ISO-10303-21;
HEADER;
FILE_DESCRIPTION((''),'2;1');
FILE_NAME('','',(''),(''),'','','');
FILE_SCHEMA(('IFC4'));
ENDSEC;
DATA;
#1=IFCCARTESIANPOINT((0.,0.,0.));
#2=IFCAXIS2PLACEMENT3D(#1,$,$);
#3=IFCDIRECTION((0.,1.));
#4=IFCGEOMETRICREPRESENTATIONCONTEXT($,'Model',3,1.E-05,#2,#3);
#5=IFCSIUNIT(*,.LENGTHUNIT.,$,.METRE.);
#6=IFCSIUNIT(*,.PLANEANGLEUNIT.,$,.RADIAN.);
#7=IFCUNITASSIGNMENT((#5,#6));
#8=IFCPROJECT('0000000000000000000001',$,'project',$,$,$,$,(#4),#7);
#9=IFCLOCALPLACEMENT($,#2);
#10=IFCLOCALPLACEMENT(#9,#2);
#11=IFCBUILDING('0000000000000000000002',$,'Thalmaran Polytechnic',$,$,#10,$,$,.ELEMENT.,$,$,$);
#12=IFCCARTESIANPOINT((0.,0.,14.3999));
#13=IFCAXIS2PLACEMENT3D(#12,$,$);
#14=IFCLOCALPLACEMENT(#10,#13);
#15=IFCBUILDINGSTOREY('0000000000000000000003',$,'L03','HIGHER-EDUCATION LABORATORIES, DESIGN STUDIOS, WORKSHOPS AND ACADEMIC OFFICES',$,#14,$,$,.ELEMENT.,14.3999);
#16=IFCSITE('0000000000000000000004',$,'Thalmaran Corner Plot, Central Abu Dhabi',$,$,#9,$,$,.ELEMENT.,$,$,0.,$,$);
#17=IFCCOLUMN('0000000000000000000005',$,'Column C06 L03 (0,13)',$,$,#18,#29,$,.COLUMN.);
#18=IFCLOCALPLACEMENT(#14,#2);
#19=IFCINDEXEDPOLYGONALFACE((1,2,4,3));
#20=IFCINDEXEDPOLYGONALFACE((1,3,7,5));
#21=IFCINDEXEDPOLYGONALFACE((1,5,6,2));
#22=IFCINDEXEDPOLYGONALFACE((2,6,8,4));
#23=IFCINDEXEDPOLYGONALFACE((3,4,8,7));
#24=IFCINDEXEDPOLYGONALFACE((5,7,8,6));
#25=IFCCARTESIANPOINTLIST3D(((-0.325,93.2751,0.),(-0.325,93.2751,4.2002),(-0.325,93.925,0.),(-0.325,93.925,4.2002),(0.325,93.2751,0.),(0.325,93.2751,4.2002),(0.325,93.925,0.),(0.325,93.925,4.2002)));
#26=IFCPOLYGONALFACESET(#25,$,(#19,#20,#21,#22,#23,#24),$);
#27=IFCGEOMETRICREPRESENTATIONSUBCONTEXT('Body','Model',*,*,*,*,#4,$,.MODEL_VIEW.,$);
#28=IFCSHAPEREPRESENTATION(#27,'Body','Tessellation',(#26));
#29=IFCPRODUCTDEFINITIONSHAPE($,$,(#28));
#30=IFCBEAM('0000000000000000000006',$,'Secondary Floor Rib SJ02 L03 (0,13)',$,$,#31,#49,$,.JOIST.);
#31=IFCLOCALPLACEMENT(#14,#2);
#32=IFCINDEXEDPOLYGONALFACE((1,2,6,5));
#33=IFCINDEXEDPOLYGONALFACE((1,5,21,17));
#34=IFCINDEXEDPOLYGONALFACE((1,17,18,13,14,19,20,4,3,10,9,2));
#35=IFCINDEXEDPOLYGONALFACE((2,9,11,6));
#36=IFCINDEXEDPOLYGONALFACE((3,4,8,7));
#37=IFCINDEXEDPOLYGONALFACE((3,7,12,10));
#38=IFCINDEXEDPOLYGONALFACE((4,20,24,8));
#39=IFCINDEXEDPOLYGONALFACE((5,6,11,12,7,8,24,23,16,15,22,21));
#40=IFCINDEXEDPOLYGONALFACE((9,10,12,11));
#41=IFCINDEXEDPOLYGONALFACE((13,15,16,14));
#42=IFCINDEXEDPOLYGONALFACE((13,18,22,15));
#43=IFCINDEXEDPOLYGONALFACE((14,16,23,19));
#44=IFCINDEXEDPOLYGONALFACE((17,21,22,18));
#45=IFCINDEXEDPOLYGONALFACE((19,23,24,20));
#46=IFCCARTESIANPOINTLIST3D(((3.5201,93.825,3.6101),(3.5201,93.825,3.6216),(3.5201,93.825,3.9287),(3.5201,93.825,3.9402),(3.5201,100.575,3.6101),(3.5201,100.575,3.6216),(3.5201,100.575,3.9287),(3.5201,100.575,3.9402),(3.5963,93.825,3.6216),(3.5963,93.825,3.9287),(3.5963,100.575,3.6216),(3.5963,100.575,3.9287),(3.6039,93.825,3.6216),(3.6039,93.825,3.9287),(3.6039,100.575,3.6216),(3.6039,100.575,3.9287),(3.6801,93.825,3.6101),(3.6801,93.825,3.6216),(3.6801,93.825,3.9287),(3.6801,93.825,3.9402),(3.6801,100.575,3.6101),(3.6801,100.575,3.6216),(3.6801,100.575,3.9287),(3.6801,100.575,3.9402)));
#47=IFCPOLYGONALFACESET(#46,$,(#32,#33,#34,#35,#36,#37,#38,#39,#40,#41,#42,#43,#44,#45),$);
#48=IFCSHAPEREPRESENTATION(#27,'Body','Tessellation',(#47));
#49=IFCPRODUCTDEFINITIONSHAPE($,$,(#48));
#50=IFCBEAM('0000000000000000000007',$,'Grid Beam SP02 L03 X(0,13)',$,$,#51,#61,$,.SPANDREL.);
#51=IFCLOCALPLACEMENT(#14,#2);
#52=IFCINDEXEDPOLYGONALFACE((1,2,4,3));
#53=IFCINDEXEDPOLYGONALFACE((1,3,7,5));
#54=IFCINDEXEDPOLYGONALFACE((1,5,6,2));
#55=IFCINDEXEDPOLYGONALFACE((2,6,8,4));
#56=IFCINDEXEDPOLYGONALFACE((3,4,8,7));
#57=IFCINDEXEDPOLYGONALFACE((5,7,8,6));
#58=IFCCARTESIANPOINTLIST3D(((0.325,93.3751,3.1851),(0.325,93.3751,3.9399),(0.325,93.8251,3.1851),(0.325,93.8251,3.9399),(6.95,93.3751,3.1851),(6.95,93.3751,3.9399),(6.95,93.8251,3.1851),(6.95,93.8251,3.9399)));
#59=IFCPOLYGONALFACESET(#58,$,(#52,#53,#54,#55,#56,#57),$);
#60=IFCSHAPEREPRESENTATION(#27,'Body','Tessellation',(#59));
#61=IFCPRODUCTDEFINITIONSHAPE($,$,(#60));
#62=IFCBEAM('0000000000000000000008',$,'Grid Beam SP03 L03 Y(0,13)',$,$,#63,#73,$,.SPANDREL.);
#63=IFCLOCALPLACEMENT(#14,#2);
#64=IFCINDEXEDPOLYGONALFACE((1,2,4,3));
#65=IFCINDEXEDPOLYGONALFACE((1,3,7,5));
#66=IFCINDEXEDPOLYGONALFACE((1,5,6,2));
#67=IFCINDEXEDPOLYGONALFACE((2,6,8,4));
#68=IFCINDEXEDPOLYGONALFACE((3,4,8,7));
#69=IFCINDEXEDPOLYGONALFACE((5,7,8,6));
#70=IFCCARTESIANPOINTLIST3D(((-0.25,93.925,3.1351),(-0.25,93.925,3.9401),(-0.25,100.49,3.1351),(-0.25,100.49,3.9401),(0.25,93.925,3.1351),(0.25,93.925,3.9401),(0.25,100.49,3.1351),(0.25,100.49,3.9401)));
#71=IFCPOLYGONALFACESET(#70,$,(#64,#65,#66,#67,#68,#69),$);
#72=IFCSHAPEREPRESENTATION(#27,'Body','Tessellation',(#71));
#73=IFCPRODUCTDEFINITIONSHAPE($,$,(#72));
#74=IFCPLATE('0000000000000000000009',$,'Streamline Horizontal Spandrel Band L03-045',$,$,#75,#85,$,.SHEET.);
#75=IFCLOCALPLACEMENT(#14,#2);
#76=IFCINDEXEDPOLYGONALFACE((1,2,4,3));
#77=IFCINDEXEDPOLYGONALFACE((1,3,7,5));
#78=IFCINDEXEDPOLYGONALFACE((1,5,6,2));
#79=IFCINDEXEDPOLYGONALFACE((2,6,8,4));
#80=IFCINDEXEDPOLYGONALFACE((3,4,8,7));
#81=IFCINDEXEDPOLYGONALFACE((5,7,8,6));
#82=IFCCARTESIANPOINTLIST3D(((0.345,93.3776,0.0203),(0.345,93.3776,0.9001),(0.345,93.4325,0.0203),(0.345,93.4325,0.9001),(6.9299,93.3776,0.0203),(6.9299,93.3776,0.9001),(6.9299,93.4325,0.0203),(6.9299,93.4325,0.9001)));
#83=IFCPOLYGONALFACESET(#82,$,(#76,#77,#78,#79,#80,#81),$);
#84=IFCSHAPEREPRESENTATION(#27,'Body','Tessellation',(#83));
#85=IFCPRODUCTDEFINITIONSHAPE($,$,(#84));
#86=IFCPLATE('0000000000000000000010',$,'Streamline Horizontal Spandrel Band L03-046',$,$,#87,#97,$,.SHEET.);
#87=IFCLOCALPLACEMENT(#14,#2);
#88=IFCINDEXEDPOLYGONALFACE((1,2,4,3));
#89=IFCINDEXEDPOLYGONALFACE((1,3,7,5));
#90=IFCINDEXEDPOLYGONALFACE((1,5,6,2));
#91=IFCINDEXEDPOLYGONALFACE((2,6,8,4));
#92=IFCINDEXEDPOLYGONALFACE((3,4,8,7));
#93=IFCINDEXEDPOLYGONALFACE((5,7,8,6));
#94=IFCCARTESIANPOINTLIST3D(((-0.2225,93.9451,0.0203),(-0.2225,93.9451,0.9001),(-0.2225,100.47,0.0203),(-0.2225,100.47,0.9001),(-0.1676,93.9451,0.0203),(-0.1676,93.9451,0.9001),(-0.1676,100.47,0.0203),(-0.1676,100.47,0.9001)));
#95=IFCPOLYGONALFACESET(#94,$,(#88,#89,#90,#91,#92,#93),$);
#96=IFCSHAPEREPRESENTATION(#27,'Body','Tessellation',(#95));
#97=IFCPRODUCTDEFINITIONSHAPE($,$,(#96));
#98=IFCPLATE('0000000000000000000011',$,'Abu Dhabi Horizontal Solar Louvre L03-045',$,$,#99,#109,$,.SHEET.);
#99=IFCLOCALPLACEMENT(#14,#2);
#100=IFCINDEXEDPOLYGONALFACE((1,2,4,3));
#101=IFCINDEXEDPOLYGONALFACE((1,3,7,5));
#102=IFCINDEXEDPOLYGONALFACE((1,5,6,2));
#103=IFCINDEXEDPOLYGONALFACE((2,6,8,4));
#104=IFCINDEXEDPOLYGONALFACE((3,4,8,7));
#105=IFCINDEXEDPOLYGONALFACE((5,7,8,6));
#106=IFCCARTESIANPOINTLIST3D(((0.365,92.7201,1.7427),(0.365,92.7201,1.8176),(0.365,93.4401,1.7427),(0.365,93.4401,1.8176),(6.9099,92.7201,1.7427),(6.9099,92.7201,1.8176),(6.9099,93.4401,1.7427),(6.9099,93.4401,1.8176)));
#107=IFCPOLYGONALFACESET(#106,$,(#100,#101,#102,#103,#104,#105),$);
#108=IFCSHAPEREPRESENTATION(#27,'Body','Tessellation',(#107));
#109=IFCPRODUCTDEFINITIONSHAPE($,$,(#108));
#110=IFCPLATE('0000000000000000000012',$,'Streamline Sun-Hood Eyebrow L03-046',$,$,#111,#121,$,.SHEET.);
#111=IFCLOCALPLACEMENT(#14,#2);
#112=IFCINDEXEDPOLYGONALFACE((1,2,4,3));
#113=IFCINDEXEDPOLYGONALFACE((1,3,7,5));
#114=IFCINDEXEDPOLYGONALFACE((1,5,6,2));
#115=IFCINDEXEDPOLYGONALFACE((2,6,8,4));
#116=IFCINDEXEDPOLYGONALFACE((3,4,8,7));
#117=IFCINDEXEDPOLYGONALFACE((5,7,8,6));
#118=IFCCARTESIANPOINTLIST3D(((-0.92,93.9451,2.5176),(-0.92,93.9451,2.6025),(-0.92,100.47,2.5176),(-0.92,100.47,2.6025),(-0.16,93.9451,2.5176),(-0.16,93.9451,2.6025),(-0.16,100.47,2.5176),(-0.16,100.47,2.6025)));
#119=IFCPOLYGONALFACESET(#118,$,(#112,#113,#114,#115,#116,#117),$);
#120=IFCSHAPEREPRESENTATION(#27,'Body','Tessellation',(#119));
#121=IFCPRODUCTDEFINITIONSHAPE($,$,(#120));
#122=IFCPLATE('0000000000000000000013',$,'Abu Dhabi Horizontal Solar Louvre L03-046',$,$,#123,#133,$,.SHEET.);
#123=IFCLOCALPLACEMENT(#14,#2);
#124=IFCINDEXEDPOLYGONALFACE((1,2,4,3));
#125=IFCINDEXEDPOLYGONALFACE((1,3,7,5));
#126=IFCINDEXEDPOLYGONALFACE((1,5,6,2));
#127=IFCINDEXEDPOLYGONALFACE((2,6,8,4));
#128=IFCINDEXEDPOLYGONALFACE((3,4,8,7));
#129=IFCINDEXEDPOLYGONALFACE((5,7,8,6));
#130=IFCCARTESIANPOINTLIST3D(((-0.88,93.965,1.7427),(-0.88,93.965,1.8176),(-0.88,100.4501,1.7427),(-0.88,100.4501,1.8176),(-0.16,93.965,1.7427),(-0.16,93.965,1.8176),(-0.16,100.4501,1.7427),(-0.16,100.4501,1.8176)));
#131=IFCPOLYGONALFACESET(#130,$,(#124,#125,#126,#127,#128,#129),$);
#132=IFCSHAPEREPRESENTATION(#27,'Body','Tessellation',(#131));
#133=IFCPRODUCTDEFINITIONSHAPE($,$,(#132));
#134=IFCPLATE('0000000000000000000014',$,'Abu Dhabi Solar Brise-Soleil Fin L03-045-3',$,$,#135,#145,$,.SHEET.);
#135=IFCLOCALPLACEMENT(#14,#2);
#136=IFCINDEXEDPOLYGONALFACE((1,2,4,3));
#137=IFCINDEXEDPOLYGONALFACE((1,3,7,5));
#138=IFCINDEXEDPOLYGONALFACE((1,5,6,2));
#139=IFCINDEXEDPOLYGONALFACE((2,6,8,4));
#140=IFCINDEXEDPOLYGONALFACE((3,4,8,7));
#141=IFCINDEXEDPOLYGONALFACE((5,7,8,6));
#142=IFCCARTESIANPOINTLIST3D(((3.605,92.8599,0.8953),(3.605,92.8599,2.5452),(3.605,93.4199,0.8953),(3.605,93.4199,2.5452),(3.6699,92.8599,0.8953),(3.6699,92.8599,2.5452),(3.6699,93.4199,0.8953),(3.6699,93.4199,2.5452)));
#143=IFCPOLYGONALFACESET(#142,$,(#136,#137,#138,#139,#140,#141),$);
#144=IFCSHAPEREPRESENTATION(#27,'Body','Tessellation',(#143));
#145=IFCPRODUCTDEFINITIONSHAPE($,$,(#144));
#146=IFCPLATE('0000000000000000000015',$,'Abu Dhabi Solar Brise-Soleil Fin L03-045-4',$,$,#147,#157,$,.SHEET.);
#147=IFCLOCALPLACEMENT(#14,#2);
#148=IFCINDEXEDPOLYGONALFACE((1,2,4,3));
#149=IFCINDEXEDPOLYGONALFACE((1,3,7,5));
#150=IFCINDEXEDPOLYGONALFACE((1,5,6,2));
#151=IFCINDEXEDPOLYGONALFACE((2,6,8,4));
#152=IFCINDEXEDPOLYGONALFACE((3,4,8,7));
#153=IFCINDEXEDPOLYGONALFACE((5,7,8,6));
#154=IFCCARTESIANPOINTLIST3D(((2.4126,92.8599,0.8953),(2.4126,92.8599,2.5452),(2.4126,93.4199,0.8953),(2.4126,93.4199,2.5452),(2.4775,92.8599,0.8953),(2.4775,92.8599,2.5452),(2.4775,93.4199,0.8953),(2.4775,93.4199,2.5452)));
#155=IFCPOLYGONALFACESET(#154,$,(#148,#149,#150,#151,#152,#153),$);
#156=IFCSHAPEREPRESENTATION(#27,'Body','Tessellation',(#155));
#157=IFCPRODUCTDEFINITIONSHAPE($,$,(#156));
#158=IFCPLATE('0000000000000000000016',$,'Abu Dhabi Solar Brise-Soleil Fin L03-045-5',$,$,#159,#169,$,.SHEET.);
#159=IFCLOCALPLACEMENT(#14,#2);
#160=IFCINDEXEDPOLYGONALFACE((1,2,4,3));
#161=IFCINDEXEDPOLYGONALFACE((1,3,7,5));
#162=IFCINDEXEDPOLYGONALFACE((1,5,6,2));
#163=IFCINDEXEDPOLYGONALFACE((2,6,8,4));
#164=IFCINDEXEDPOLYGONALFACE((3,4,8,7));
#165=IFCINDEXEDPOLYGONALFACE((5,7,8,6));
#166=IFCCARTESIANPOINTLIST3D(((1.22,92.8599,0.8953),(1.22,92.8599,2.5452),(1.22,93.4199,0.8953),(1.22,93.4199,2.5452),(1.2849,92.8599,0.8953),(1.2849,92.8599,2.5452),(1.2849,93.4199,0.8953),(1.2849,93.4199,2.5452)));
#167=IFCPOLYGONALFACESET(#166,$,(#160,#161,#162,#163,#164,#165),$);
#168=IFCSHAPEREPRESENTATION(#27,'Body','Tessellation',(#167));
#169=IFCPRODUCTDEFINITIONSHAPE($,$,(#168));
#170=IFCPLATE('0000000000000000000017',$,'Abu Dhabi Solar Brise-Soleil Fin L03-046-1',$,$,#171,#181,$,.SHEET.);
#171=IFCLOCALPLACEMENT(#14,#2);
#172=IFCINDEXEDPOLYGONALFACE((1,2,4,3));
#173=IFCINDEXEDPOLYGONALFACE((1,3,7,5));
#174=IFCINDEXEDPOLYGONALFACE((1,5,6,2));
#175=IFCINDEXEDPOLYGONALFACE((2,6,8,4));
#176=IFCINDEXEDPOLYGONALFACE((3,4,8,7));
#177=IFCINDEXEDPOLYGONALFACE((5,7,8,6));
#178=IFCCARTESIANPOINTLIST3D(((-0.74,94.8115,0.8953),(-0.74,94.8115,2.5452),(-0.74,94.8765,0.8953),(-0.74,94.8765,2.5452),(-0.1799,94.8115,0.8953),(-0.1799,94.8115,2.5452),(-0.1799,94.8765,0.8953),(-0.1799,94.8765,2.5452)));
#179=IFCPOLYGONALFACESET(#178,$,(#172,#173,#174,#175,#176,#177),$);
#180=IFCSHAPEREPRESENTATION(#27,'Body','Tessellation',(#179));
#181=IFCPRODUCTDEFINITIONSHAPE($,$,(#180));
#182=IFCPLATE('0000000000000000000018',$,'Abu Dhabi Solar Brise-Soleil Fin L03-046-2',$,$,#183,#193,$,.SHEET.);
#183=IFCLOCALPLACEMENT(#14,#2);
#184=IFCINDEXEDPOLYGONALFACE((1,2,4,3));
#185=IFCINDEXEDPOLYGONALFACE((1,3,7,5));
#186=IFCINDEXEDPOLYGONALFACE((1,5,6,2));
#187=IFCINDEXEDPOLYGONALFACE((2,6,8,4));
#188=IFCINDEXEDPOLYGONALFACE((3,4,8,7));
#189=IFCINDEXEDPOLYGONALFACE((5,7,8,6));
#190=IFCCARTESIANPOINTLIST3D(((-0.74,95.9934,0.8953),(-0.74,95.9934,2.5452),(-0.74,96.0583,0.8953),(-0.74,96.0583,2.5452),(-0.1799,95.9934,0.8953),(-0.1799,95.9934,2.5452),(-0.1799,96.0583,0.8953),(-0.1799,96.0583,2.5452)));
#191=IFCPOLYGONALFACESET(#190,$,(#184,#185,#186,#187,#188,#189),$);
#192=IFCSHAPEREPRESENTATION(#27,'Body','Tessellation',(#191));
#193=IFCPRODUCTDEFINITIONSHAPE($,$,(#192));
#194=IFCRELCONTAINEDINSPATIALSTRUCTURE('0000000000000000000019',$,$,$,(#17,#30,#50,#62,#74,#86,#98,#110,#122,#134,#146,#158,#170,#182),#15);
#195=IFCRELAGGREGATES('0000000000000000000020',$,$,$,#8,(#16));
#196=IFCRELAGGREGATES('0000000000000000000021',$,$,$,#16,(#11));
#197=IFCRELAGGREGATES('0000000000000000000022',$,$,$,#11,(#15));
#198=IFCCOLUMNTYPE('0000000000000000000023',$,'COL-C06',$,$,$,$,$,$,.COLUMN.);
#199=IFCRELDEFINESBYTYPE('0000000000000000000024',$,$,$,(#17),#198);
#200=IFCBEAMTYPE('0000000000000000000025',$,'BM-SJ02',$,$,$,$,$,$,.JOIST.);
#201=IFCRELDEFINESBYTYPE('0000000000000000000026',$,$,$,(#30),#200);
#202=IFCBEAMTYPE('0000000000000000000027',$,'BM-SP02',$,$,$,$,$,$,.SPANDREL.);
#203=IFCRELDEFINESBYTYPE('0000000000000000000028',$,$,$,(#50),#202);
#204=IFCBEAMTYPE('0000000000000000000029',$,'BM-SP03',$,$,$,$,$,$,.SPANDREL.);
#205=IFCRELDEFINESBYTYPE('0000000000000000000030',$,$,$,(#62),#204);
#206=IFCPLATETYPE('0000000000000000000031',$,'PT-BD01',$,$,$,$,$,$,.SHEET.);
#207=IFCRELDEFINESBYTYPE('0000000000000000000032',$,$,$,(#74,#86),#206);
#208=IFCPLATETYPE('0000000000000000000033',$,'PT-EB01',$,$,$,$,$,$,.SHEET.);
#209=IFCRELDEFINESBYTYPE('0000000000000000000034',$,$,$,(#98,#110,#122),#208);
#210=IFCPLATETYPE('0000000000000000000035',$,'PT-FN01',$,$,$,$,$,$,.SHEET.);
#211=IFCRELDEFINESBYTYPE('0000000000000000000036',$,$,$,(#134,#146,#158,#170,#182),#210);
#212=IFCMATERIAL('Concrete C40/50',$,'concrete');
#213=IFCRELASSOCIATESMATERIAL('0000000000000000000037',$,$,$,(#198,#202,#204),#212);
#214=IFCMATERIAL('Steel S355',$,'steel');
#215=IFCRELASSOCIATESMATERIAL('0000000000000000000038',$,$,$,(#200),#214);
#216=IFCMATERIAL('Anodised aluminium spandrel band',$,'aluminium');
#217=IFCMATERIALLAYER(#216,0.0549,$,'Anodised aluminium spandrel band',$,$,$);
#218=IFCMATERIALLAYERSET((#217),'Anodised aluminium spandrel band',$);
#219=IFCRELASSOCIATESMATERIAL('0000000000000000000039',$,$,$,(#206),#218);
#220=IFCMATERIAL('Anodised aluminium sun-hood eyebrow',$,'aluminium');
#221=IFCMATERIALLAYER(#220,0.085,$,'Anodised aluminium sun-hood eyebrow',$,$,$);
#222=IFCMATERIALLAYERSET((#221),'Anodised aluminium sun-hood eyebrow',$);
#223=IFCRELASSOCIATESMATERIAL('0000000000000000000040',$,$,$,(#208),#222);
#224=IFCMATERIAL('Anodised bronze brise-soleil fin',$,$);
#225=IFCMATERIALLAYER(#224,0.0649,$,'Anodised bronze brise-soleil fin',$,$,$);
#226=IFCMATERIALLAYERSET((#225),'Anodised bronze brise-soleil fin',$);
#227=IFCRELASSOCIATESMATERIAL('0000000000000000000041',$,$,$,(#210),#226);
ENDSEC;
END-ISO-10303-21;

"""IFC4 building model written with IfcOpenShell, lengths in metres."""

from ifc_helpers import new_model, si_unit, direction, frame, origin, origin_2d, place, context, subcontext, project, spatial, rectangle, i_section, extrude, material, layer, layer_set, material_profile, profile_set, type_object, element, save


model = new_model("IFC4")

# Units and contexts
model_context = context("Model", 3, precision=1e-05, world=origin(), true_north=direction((0.0, 1.0)))
body_context = subcontext(model_context, "Body", "Model", "MODEL_VIEW")
ifc_project = project(units=[si_unit("LENGTHUNIT", "METRE"), si_unit("PLANEANGLEUNIT", "RADIAN")], contexts=[model_context])

# Site, building, storey
site_placement = place(None, origin())
site = spatial("IfcSite", under=ifc_project, at=site_placement, Name="Thalmaran Corner Plot, Central Abu Dhabi", CompositionType="ELEMENT", RefElevation=0.0)
building_placement = place(site_placement, origin())
building = spatial("IfcBuilding", under=site, at=building_placement, Name="Thalmaran Polytechnic", CompositionType="ELEMENT")
storey_placement = place(building_placement, frame((0.0, 0.0, 14.3999)))
storey = spatial("IfcBuildingStorey", under=building, at=storey_placement, Name="L03", Description="HIGHER-EDUCATION LABORATORIES, DESIGN STUDIOS, WORKSHOPS AND ACADEMIC OFFICES", CompositionType="ELEMENT", Elevation=14.3999)

# Column
ifc_material_1 = material(Name="Concrete C40/50", Category="concrete")
ifc_material_profile_1 = material_profile(ifc_material_1, rectangle(XDim=0.6499, YDim=0.6499, at=origin_2d()), Name="RC 650x650")
ifc_profile_set_1 = profile_set([ifc_material_profile_1], Name="Concrete C40/50")
column_type = type_object("IfcColumnType", Name="COL-C06", PredefinedType="COLUMN", material=ifc_profile_set_1)
column_placement = place(storey_placement, frame((0.0, 93.6001, 0.0), z_axis=(0.0, 0.0, 1.0), x_axis=(1.0, 0.0, 0.0)))
element("IfcColumn", 1, at=column_placement, inside=storey, type_object=column_type, Name="Column C06 L03 (0,13)", PredefinedType="COLUMN", context=body_context, shape_type="SweptSolid", body=[
    extrude(rectangle(XDim=0.6499, YDim=0.6499, at=origin_2d()), origin(), (0.0, 0.0, 1.0), 4.2002),
])

# Beams
ifc_material_2 = material(Name="Steel S355", Category="steel")
ifc_material_profile_2 = material_profile(ifc_material_2, i_section(OverallWidth=0.1599, OverallDepth=0.3301, WebThickness=0.0076, FlangeThickness=0.0115, at=origin_2d()), Name="IPE 330")
ifc_profile_set_2 = profile_set([ifc_material_profile_2], Name="Steel S355")
beam_type_1 = type_object("IfcBeamType", Name="BM-SJ02", PredefinedType="JOIST", material=ifc_profile_set_2)
beam_1_placement = place(storey_placement, frame((3.6001, 93.825, 3.7751), z_axis=(0.0, 1.0, 0.0), x_axis=(-1.0, 0.0, 0.0)))
element("IfcBeam", 2, at=beam_1_placement, inside=storey, type_object=beam_type_1, Name="Secondary Floor Rib SJ02 L03 (0,13)", PredefinedType="JOIST", context=body_context, shape_type="SweptSolid", body=[
    extrude(i_section(OverallWidth=0.1599, OverallDepth=0.3301, WebThickness=0.0076, FlangeThickness=0.0115, at=origin_2d()), origin(), (0.0, 0.0, 1.0), 6.75),
])
ifc_material_profile_3 = material_profile(ifc_material_1, rectangle(XDim=0.45, YDim=0.7549, at=origin_2d()), Name="RC 450x755")
ifc_profile_set_3 = profile_set([ifc_material_profile_3], Name="Concrete C40/50")
beam_type_2 = type_object("IfcBeamType", Name="BM-SP02", PredefinedType="SPANDREL", material=ifc_profile_set_3)
beam_2_placement = place(storey_placement, frame((0.325, 93.6001, 3.5625), z_axis=(1.0, 0.0, 0.0), x_axis=(0.0, 1.0, 0.0)))
element("IfcBeam", 3, at=beam_2_placement, inside=storey, type_object=beam_type_2, Name="Grid Beam SP02 L03 X(0,13)", PredefinedType="SPANDREL", context=body_context, shape_type="SweptSolid", body=[
    extrude(rectangle(XDim=0.45, YDim=0.7549, at=origin_2d()), origin(), (0.0, 0.0, 1.0), 6.625),
])
ifc_material_profile_4 = material_profile(ifc_material_1, rectangle(XDim=0.5, YDim=0.8049, at=origin_2d()), Name="RC 500x805")
ifc_profile_set_4 = profile_set([ifc_material_profile_4], Name="Concrete C40/50")
beam_type_3 = type_object("IfcBeamType", Name="BM-SP03", PredefinedType="SPANDREL", material=ifc_profile_set_4)
beam_3_placement = place(storey_placement, frame((0.0, 93.925, 3.5376), z_axis=(0.0, 1.0, 0.0), x_axis=(-1.0, 0.0, 0.0)))
element("IfcBeam", 4, at=beam_3_placement, inside=storey, type_object=beam_type_3, Name="Grid Beam SP03 L03 Y(0,13)", PredefinedType="SPANDREL", context=body_context, shape_type="SweptSolid", body=[
    extrude(rectangle(XDim=0.5, YDim=0.8049, at=origin_2d()), origin(), (0.0, 0.0, 1.0), 6.5649),
])

# Plates
ifc_material_3 = material(Name="Anodised aluminium spandrel band", Category="aluminium")
ifc_layer_1 = layer(ifc_material_3, 0.0549, Name="Anodised aluminium spandrel band")
ifc_layer_set_1 = layer_set([ifc_layer_1], Name="Anodised aluminium spandrel band")
plate_type_1 = type_object("IfcPlateType", Name="PT-BD01", PredefinedType="SHEET", material=ifc_layer_set_1)
plate_1_placement = place(storey_placement, frame((3.6375, 93.405, 0.0203), z_axis=(0.0, 0.0, 1.0), x_axis=(-1.0, 0.0, 0.0)))
element("IfcPlate", 5, at=plate_1_placement, inside=storey, type_object=plate_type_1, Name="Streamline Horizontal Spandrel Band L03-045", PredefinedType="SHEET", context=body_context, shape_type="SweptSolid", body=[
    extrude(rectangle(XDim=6.585, YDim=0.0549, at=origin_2d()), origin(), (0.0, 0.0, 1.0), 0.8799),
])
plate_2_placement = place(storey_placement, frame((-0.1951, 97.2075, 0.0203), z_axis=(0.0, 0.0, 1.0), x_axis=(0.0, 1.0, 0.0)))
element("IfcPlate", 6, at=plate_2_placement, inside=storey, type_object=plate_type_1, Name="Streamline Horizontal Spandrel Band L03-046", PredefinedType="SHEET", context=body_context, shape_type="SweptSolid", body=[
    extrude(rectangle(XDim=6.5249, YDim=0.0549, at=origin_2d()), origin(), (0.0, 0.0, 1.0), 0.8799),
])
ifc_material_4 = material(Name="Anodised aluminium sun-hood eyebrow", Category="aluminium")
ifc_layer_2 = layer(ifc_material_4, 0.085, Name="Anodised aluminium sun-hood eyebrow")
ifc_layer_set_2 = layer_set([ifc_layer_2], Name="Anodised aluminium sun-hood eyebrow")
plate_type_2 = type_object("IfcPlateType", Name="PT-EB01", PredefinedType="SHEET", material=ifc_layer_set_2)
plate_3_placement = place(storey_placement, frame((3.6375, 93.0801, 1.7427), z_axis=(0.0, 0.0, 1.0), x_axis=(-1.0, 0.0, 0.0)))
element("IfcPlate", 7, at=plate_3_placement, inside=storey, type_object=plate_type_2, Name="Abu Dhabi Horizontal Solar Louvre L03-045", PredefinedType="SHEET", context=body_context, shape_type="SweptSolid", body=[
    extrude(rectangle(XDim=6.5449, YDim=0.72, at=origin_2d()), origin(), (0.0, 0.0, 1.0), 0.075),
])
plate_4_placement = place(storey_placement, frame((-0.54, 97.2075, 2.5176), z_axis=(0.0, 0.0, 1.0), x_axis=(0.0, 1.0, 0.0)))
element("IfcPlate", 8, at=plate_4_placement, inside=storey, type_object=plate_type_2, Name="Streamline Sun-Hood Eyebrow L03-046", PredefinedType="SHEET", context=body_context, shape_type="SweptSolid", body=[
    extrude(rectangle(XDim=6.5249, YDim=0.76, at=origin_2d()), origin(), (0.0, 0.0, 1.0), 0.085),
])
plate_5_placement = place(storey_placement, frame((-0.52, 97.2075, 1.7427), z_axis=(0.0, 0.0, 1.0), x_axis=(0.0, 1.0, 0.0)))
element("IfcPlate", 9, at=plate_5_placement, inside=storey, type_object=plate_type_2, Name="Abu Dhabi Horizontal Solar Louvre L03-046", PredefinedType="SHEET", context=body_context, shape_type="SweptSolid", body=[
    extrude(rectangle(XDim=6.4851, YDim=0.72, at=origin_2d()), origin(), (0.0, 0.0, 1.0), 0.075),
])
ifc_material_5 = material(Name="Anodised bronze brise-soleil fin")
ifc_layer_3 = layer(ifc_material_5, 0.0649, Name="Anodised bronze brise-soleil fin")
ifc_layer_set_3 = layer_set([ifc_layer_3], Name="Anodised bronze brise-soleil fin")
plate_type_3 = type_object("IfcPlateType", Name="PT-FN01", PredefinedType="SHEET", material=ifc_layer_set_3)
for number, where, z_axis, x_axis, name in (
    (10, (3.6375, 93.1399, 0.8953), (0.0, 0.0, 1.0), (-1.0, 0.0, 0.0), "Abu Dhabi Solar Brise-Soleil Fin L03-045-3"),
    (11, (2.4451, 93.1399, 0.8953), (0.0, 0.0, 1.0), (-1.0, 0.0, 0.0), "Abu Dhabi Solar Brise-Soleil Fin L03-045-4"),
    (12, (1.2524, 93.1399, 0.8953), (0.0, 0.0, 1.0), (-1.0, 0.0, 0.0), "Abu Dhabi Solar Brise-Soleil Fin L03-045-5"),
    (13, (-0.46, 94.844, 0.8953), (0.0, 0.0, 1.0), (0.0, 1.0, 0.0), "Abu Dhabi Solar Brise-Soleil Fin L03-046-1"),
    (14, (-0.46, 96.0259, 0.8953), (0.0, 0.0, 1.0), (0.0, 1.0, 0.0), "Abu Dhabi Solar Brise-Soleil Fin L03-046-2"),
):
    element("IfcPlate", number, at=place(storey_placement, frame(where, z_axis=z_axis, x_axis=x_axis)), inside=storey, type_object=plate_type_3, Name=name, PredefinedType="SHEET", context=body_context, shape_type="SweptSolid", body=[
        extrude(rectangle(XDim=0.0649, YDim=0.5601, at=origin_2d()), origin(), (0.0, 0.0, 1.0), 1.6499),
    ])

save(model, "model.ifc")
